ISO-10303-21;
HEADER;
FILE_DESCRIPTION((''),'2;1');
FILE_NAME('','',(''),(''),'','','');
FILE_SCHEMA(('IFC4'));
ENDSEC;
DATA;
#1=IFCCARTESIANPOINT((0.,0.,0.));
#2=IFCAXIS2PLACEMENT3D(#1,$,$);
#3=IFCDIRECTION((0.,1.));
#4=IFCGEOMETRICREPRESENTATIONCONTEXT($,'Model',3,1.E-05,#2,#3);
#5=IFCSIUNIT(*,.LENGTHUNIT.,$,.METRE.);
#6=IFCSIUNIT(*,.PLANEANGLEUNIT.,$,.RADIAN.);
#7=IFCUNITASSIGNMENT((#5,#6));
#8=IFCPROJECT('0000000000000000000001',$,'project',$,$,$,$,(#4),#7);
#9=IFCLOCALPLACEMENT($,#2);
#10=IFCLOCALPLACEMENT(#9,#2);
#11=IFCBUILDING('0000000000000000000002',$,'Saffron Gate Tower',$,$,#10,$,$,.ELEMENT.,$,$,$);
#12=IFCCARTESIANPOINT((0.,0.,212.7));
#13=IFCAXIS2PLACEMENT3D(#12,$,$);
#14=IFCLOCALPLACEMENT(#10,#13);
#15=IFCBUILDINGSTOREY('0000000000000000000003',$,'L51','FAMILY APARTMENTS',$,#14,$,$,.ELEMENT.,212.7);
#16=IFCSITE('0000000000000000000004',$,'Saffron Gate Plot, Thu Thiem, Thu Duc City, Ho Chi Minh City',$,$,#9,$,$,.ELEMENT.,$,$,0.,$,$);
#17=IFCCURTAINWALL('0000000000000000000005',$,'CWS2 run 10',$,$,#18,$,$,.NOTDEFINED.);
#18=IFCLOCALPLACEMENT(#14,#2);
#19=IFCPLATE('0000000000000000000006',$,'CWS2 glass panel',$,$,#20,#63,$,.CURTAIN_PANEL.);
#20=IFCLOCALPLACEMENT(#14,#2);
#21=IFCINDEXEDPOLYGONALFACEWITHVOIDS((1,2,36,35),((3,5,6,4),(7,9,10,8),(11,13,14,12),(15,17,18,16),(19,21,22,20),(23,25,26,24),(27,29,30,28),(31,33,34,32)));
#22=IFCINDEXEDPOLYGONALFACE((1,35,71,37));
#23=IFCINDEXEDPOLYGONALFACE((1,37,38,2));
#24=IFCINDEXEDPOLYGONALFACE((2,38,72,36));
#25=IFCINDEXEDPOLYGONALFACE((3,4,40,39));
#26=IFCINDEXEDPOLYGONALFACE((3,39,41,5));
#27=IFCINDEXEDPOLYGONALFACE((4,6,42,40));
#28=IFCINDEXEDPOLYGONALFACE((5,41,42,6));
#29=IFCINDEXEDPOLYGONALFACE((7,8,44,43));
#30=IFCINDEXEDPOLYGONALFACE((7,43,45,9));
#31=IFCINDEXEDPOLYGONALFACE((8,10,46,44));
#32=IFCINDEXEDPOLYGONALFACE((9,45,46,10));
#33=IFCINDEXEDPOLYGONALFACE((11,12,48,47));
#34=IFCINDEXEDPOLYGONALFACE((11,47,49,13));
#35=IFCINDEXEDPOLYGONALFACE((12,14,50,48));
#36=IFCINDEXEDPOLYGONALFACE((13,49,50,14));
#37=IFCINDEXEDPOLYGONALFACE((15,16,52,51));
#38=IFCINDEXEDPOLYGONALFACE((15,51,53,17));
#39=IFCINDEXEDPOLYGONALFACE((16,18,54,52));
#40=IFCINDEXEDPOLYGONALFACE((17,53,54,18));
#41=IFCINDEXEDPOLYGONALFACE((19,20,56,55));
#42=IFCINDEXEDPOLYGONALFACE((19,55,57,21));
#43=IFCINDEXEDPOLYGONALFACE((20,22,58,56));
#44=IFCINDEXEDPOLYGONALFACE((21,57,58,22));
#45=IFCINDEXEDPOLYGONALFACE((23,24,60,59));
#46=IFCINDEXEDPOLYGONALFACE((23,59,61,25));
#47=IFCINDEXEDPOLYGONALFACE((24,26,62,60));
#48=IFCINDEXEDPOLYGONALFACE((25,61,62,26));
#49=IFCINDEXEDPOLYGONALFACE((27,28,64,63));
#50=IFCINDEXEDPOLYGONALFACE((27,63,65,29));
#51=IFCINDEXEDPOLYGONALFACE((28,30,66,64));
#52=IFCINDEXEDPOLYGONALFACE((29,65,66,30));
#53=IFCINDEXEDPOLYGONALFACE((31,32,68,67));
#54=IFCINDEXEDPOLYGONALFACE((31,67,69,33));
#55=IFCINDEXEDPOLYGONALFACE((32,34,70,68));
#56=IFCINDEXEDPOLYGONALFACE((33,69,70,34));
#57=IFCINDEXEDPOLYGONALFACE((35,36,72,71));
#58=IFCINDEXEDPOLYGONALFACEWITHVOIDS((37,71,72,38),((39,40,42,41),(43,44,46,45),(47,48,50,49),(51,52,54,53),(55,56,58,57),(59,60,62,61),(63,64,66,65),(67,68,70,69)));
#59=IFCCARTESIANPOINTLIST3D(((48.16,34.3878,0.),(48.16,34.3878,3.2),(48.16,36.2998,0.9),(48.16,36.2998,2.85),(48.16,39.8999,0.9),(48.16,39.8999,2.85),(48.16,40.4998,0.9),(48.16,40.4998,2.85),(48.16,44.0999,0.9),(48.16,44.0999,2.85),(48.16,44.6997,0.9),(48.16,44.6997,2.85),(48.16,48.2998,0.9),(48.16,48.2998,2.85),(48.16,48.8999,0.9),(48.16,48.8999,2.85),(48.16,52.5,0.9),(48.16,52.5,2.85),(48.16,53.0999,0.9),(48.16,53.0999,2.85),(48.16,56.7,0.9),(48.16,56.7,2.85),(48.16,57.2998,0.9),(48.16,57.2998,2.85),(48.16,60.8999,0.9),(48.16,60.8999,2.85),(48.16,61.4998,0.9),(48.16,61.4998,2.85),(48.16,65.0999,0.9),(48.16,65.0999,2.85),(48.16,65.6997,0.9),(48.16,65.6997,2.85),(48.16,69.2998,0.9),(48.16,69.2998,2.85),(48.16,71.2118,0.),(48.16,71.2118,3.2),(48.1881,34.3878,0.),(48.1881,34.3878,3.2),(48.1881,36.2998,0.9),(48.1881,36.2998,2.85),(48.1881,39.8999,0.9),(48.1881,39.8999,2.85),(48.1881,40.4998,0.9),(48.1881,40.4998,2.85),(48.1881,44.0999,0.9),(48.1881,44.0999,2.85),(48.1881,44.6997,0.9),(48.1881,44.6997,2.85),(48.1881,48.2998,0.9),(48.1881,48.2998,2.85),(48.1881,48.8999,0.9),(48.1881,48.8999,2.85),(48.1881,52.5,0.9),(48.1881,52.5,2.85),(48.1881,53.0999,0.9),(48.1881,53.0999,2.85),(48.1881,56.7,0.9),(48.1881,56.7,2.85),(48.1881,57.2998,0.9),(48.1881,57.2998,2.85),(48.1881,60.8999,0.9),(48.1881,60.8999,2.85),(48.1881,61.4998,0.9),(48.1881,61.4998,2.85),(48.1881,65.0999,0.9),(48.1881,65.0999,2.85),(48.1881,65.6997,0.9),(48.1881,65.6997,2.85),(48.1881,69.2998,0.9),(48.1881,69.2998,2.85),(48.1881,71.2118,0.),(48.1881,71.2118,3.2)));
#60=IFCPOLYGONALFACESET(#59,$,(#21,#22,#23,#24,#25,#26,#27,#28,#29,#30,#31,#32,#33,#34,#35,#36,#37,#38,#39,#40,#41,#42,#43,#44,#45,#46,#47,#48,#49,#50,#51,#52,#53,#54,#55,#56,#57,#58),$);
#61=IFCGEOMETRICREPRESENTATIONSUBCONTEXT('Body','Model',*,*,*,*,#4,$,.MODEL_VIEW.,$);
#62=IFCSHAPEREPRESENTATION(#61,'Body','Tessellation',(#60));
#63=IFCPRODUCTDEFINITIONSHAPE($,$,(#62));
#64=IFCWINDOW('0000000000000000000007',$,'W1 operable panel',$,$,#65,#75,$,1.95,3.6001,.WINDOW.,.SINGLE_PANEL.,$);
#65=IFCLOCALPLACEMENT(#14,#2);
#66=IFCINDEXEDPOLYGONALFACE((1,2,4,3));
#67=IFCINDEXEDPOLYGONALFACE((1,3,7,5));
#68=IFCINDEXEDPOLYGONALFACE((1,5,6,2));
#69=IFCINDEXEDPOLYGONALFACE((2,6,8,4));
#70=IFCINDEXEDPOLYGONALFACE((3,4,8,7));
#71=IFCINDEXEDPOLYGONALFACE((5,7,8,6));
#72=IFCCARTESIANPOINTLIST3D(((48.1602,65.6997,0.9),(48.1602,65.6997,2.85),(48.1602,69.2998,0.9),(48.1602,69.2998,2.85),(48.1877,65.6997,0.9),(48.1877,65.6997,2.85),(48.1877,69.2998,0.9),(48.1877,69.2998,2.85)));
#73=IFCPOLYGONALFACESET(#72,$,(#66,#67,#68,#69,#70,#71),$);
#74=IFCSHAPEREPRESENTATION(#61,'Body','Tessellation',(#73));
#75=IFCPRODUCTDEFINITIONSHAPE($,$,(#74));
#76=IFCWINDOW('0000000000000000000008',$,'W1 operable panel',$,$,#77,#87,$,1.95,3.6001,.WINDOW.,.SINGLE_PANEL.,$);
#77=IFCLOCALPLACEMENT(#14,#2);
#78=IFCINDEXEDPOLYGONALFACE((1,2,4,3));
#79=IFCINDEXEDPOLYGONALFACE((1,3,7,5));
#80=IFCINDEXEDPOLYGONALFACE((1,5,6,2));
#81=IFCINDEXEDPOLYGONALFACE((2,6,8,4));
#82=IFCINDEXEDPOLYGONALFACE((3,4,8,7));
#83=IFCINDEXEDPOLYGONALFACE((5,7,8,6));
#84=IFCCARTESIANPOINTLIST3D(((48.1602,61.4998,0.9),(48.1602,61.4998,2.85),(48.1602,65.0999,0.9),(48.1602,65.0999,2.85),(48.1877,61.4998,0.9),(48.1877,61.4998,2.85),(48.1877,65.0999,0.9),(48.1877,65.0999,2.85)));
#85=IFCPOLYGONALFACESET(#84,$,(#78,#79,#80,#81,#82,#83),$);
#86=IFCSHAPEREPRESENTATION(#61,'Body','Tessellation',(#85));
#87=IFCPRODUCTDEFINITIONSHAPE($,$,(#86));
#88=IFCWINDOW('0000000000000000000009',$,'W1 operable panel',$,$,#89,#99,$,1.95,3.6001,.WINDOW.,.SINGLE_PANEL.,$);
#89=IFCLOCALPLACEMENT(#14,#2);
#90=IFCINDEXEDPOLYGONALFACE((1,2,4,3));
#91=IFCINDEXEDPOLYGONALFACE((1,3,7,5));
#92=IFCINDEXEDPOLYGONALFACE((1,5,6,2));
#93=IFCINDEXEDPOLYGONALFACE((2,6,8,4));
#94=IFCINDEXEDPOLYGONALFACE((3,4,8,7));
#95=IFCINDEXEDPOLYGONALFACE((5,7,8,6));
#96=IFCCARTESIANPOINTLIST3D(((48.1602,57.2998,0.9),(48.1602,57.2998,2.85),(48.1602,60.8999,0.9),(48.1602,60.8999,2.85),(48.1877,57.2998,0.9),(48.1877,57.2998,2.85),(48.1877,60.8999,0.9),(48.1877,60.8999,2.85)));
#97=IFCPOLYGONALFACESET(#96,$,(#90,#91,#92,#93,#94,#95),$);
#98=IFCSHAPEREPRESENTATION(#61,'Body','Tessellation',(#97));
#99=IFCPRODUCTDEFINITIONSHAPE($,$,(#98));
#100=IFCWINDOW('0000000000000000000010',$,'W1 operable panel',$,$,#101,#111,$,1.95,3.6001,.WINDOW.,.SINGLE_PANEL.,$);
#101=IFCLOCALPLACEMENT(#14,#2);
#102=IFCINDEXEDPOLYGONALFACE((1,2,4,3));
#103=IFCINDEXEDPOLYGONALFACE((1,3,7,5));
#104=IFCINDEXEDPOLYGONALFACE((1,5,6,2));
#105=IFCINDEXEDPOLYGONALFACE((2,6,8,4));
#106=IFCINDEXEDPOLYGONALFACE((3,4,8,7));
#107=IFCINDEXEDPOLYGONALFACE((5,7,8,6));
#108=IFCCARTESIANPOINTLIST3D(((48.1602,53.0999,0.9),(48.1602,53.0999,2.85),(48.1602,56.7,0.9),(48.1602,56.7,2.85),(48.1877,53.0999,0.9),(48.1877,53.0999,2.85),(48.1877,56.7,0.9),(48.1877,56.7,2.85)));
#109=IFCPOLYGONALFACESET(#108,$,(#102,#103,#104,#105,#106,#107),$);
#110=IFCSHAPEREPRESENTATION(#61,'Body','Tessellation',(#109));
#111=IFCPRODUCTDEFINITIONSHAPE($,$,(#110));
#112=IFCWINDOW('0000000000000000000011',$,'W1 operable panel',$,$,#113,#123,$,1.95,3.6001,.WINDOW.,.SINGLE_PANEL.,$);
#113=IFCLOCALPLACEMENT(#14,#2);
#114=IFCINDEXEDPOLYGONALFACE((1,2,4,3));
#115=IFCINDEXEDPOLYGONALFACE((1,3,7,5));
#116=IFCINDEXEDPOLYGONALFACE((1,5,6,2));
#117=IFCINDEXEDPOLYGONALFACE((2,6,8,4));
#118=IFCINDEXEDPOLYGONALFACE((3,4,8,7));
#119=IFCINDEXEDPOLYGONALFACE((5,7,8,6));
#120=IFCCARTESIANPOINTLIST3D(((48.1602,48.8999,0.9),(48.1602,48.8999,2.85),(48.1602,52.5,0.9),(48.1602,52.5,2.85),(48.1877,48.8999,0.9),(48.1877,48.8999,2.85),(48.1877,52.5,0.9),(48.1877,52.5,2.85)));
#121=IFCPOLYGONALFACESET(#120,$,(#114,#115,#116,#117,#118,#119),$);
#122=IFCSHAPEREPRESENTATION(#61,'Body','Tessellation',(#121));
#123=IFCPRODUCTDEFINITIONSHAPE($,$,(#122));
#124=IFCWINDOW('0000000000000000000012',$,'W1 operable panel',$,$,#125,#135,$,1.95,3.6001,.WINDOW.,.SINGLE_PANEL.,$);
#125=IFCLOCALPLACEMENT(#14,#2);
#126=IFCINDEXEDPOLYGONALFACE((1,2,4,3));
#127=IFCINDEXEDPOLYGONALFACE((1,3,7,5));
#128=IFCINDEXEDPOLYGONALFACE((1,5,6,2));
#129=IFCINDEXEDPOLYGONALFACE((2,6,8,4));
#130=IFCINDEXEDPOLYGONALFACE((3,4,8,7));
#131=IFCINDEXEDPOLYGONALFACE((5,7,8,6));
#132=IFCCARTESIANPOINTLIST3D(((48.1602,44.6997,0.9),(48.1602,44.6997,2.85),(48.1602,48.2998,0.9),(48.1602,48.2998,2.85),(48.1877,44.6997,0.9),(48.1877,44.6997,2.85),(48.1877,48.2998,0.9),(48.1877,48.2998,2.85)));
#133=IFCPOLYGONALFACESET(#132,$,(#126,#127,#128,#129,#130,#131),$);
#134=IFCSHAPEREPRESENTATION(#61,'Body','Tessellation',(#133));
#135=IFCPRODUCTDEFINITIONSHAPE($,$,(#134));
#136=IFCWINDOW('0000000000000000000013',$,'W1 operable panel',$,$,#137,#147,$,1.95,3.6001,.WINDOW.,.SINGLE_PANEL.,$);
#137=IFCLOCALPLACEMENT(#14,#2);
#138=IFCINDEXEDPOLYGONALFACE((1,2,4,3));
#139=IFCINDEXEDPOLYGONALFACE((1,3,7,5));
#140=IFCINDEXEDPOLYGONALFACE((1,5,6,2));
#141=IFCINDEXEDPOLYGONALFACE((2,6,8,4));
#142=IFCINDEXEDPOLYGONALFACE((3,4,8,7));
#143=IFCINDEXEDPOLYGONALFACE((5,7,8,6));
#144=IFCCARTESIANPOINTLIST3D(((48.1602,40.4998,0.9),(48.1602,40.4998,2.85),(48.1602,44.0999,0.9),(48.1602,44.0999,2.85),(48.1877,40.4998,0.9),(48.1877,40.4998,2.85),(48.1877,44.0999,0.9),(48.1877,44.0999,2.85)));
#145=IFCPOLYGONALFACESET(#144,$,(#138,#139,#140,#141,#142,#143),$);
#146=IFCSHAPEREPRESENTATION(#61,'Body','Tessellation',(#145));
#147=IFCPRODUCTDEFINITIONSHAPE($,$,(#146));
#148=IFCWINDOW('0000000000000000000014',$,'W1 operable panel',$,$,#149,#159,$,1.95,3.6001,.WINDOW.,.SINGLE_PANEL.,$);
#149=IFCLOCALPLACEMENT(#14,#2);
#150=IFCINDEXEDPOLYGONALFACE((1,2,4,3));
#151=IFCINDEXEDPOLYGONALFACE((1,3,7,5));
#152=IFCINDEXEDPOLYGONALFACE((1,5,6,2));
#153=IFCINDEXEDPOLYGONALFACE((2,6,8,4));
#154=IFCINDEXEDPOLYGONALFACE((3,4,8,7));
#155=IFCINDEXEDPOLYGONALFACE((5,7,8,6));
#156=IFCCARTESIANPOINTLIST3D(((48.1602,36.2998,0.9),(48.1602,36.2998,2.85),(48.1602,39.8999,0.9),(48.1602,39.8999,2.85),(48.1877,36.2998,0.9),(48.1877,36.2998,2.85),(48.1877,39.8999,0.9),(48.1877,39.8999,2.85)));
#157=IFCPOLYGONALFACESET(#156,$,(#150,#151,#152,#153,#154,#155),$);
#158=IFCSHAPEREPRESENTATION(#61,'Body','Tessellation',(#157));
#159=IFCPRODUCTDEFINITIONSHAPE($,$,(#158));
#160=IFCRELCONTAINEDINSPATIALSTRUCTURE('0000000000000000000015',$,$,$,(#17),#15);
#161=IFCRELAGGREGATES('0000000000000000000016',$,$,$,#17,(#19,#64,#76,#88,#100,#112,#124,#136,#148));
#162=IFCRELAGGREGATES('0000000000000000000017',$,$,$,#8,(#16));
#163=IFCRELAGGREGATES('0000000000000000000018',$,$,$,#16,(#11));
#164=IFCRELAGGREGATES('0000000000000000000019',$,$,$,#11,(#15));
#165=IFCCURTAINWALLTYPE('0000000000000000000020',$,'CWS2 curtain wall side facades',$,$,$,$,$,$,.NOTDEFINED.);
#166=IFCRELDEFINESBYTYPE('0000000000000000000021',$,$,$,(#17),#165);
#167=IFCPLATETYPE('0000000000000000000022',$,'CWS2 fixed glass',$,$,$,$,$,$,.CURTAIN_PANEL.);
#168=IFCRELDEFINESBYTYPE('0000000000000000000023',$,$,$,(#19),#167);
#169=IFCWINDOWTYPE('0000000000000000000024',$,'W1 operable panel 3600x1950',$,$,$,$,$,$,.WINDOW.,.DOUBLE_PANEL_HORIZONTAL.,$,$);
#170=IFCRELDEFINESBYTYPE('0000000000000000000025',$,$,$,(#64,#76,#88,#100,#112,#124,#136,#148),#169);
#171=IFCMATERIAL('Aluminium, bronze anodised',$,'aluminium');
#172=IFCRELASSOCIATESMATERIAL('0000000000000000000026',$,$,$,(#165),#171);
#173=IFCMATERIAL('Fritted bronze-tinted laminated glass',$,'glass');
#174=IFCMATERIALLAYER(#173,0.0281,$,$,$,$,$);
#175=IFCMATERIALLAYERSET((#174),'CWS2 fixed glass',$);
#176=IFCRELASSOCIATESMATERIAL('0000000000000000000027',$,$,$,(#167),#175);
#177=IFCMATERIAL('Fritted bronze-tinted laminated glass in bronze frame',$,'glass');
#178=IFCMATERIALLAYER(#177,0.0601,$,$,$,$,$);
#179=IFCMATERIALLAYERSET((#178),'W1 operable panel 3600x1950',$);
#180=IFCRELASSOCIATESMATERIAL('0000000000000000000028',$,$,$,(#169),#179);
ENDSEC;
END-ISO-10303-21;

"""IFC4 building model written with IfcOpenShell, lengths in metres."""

from ifc_helpers import new_model, si_unit, direction, frame, frame_2d, origin, place, context, subcontext, project, spatial, rectangle, extrude, material, layer, layer_set, type_object, element, fill, aggregate, save


model = new_model("IFC4")

# Units and contexts
model_context = context("Model", 3, precision=1e-05, world=origin(), true_north=direction((0.0, 1.0)))
body_context = subcontext(model_context, "Body", "Model", "MODEL_VIEW")
ifc_project = project(units=[si_unit("LENGTHUNIT", "METRE"), si_unit("PLANEANGLEUNIT", "RADIAN")], contexts=[model_context])

# Site, building, storey
site_placement = place(None, origin())
site = spatial("IfcSite", under=ifc_project, at=site_placement, Name="Saffron Gate Plot, Thu Thiem, Thu Duc City, Ho Chi Minh City", CompositionType="ELEMENT", RefElevation=0.0)
building_placement = place(site_placement, origin())
building = spatial("IfcBuilding", under=site, at=building_placement, Name="Saffron Gate Tower", CompositionType="ELEMENT")
storey_placement = place(building_placement, frame((0.0, 0.0, 212.7)))
storey = spatial("IfcBuildingStorey", under=building, at=storey_placement, Name="L51", Description="FAMILY APARTMENTS", CompositionType="ELEMENT", Elevation=212.7)

# Curtain wall
ifc_material_1 = material(Name="Aluminium, bronze anodised", Category="aluminium")
curtain_wall_type_1 = type_object("IfcCurtainWallType", Name="CWS2 curtain wall side facades", PredefinedType="NOTDEFINED", material=ifc_material_1)
curtain_wall_1_placement = place(storey_placement, origin())
curtain_wall_1 = element("IfcCurtainWall", 1, at=curtain_wall_1_placement, inside=storey, type_object=curtain_wall_type_1, Name="CWS2 run 10", PredefinedType="NOTDEFINED")

# Plate, openings, windows
ifc_material_2 = material(Name="Fritted bronze-tinted laminated glass", Category="glass")
ifc_layer_1 = layer(ifc_material_2, 0.0281)
ifc_layer_set_1 = layer_set([ifc_layer_1], Name="CWS2 fixed glass")
plate_type_1 = type_object("IfcPlateType", Name="CWS2 fixed glass", PredefinedType="CURTAIN_PANEL", material=ifc_layer_set_1)
plate_1_placement = place(storey_placement, frame((48.1741, 71.2119, 0.0), z_axis=(0.0, 0.0, 1.0), x_axis=(0.0, -1.0, 0.0)))
plate_1 = element("IfcPlate", 2, at=plate_1_placement, type_object=plate_type_1, Name="CWS2 glass panel", PredefinedType="CURTAIN_PANEL", context=body_context, shape_type="SweptSolid", body=[
    extrude(rectangle(XDim=36.824, YDim=0.0281, at=frame_2d((18.4121, 0.0))), origin(), (0.0, 0.0, 1.0), 3.2),
])
opening_1_placement = place(plate_1_placement, frame((1.9121, 0.0, 0.8999)))
opening_1 = element("IfcOpeningElement", 3, at=opening_1_placement, cuts=plate_1, PredefinedType="OPENING", context=body_context, shape_type="SweptSolid", body=[
    extrude(rectangle(XDim=3.6001, YDim=1.95, at=frame_2d((1.8, 0.9751))), frame((0.0, 0.0239, 0.0), z_axis=(0.0, -1.0, 0.0), x_axis=(1.0, 0.0, 0.0)), (0.0, 0.0, 1.0), 0.0481),
])
opening_2_placement = place(plate_1_placement, frame((6.1121, 0.0, 0.8999)))
opening_2 = element("IfcOpeningElement", 4, at=opening_2_placement, cuts=plate_1, PredefinedType="OPENING", context=body_context, shape_type="SweptSolid", body=[
    extrude(rectangle(XDim=3.6001, YDim=1.95, at=frame_2d((1.8, 0.9751))), frame((0.0, 0.0239, 0.0), z_axis=(0.0, -1.0, 0.0), x_axis=(1.0, 0.0, 0.0)), (0.0, 0.0, 1.0), 0.0481),
])
opening_3_placement = place(plate_1_placement, frame((10.312, 0.0, 0.8999)))
opening_3 = element("IfcOpeningElement", 5, at=opening_3_placement, cuts=plate_1, PredefinedType="OPENING", context=body_context, shape_type="SweptSolid", body=[
    extrude(rectangle(XDim=3.6001, YDim=1.95, at=frame_2d((1.8, 0.9751))), frame((0.0, 0.0239, 0.0), z_axis=(0.0, -1.0, 0.0), x_axis=(1.0, 0.0, 0.0)), (0.0, 0.0, 1.0), 0.0481),
])
opening_4_placement = place(plate_1_placement, frame((14.512, 0.0, 0.8999)))
opening_4 = element("IfcOpeningElement", 6, at=opening_4_placement, cuts=plate_1, PredefinedType="OPENING", context=body_context, shape_type="SweptSolid", body=[
    extrude(rectangle(XDim=3.6001, YDim=1.95, at=frame_2d((1.8, 0.9751))), frame((0.0, 0.0239, 0.0), z_axis=(0.0, -1.0, 0.0), x_axis=(1.0, 0.0, 0.0)), (0.0, 0.0, 1.0), 0.0481),
])
opening_5_placement = place(plate_1_placement, frame((18.7119, 0.0, 0.8999)))
opening_5 = element("IfcOpeningElement", 7, at=opening_5_placement, cuts=plate_1, PredefinedType="OPENING", context=body_context, shape_type="SweptSolid", body=[
    extrude(rectangle(XDim=3.6001, YDim=1.95, at=frame_2d((1.8, 0.9751))), frame((0.0, 0.0239, 0.0), z_axis=(0.0, -1.0, 0.0), x_axis=(1.0, 0.0, 0.0)), (0.0, 0.0, 1.0), 0.0481),
])
opening_6_placement = place(plate_1_placement, frame((22.9121, 0.0, 0.8999)))
opening_6 = element("IfcOpeningElement", 8, at=opening_6_placement, cuts=plate_1, PredefinedType="OPENING", context=body_context, shape_type="SweptSolid", body=[
    extrude(rectangle(XDim=3.6001, YDim=1.95, at=frame_2d((1.8, 0.9751))), frame((0.0, 0.0239, 0.0), z_axis=(0.0, -1.0, 0.0), x_axis=(1.0, 0.0, 0.0)), (0.0, 0.0, 1.0), 0.0481),
])
opening_7_placement = place(plate_1_placement, frame((27.1121, 0.0, 0.8999)))
opening_7 = element("IfcOpeningElement", 9, at=opening_7_placement, cuts=plate_1, PredefinedType="OPENING", context=body_context, shape_type="SweptSolid", body=[
    extrude(rectangle(XDim=3.6001, YDim=1.95, at=frame_2d((1.8, 0.9751))), frame((0.0, 0.0239, 0.0), z_axis=(0.0, -1.0, 0.0), x_axis=(1.0, 0.0, 0.0)), (0.0, 0.0, 1.0), 0.0481),
])
opening_8_placement = place(plate_1_placement, frame((31.312, 0.0, 0.8999)))
opening_8 = element("IfcOpeningElement", 10, at=opening_8_placement, cuts=plate_1, PredefinedType="OPENING", context=body_context, shape_type="SweptSolid", body=[
    extrude(rectangle(XDim=3.6001, YDim=1.95, at=frame_2d((1.8, 0.9751))), frame((0.0, 0.0239, 0.0), z_axis=(0.0, -1.0, 0.0), x_axis=(1.0, 0.0, 0.0)), (0.0, 0.0, 1.0), 0.0481),
])
ifc_material_3 = material(Name="Fritted bronze-tinted laminated glass in bronze frame", Category="glass")
ifc_layer_2 = layer(ifc_material_3, 0.0601)
ifc_layer_set_2 = layer_set([ifc_layer_2], Name="W1 operable panel 3600x1950")
window_type = type_object("IfcWindowType", Name="W1 operable panel 3600x1950", PartitioningType="DOUBLE_PANEL_HORIZONTAL", PredefinedType="WINDOW", material=ifc_layer_set_2)
window_1_placement = place(opening_1_placement, origin())
window_1 = element("IfcWindow", 11, at=window_1_placement, type_object=window_type, Name="W1 operable panel", OverallHeight=1.95, OverallWidth=3.6001, PartitioningType="SINGLE_PANEL", PredefinedType="WINDOW", context=body_context, shape_type="SweptSolid", body=[
    extrude(rectangle(XDim=3.6001, YDim=1.95, at=frame_2d((1.8, 0.9751))), frame((0.0, 0.0137, 0.0), z_axis=(0.0, -1.0, 0.0), x_axis=(1.0, 0.0, 0.0)), (0.0, 0.0, 1.0), 0.0276),
])
fill(opening_1, window_1)
window_2_placement = place(opening_2_placement, origin())
window_2 = element("IfcWindow", 12, at=window_2_placement, type_object=window_type, Name="W1 operable panel", OverallHeight=1.95, OverallWidth=3.6001, PartitioningType="SINGLE_PANEL", PredefinedType="WINDOW", context=body_context, shape_type="SweptSolid", body=[
    extrude(rectangle(XDim=3.6001, YDim=1.95, at=frame_2d((1.8, 0.9751))), frame((0.0, 0.0137, 0.0), z_axis=(0.0, -1.0, 0.0), x_axis=(1.0, 0.0, 0.0)), (0.0, 0.0, 1.0), 0.0276),
])
fill(opening_2, window_2)
window_3_placement = place(opening_3_placement, origin())
window_3 = element("IfcWindow", 13, at=window_3_placement, type_object=window_type, Name="W1 operable panel", OverallHeight=1.95, OverallWidth=3.6001, PartitioningType="SINGLE_PANEL", PredefinedType="WINDOW", context=body_context, shape_type="SweptSolid", body=[
    extrude(rectangle(XDim=3.6001, YDim=1.95, at=frame_2d((1.8, 0.9751))), frame((0.0, 0.0137, 0.0), z_axis=(0.0, -1.0, 0.0), x_axis=(1.0, 0.0, 0.0)), (0.0, 0.0, 1.0), 0.0276),
])
fill(opening_3, window_3)
window_4_placement = place(opening_4_placement, origin())
window_4 = element("IfcWindow", 14, at=window_4_placement, type_object=window_type, Name="W1 operable panel", OverallHeight=1.95, OverallWidth=3.6001, PartitioningType="SINGLE_PANEL", PredefinedType="WINDOW", context=body_context, shape_type="SweptSolid", body=[
    extrude(rectangle(XDim=3.6001, YDim=1.95, at=frame_2d((1.8, 0.9751))), frame((0.0, 0.0137, 0.0), z_axis=(0.0, -1.0, 0.0), x_axis=(1.0, 0.0, 0.0)), (0.0, 0.0, 1.0), 0.0276),
])
fill(opening_4, window_4)
window_5_placement = place(opening_5_placement, origin())
window_5 = element("IfcWindow", 15, at=window_5_placement, type_object=window_type, Name="W1 operable panel", OverallHeight=1.95, OverallWidth=3.6001, PartitioningType="SINGLE_PANEL", PredefinedType="WINDOW", context=body_context, shape_type="SweptSolid", body=[
    extrude(rectangle(XDim=3.6001, YDim=1.95, at=frame_2d((1.8, 0.9751))), frame((0.0, 0.0137, 0.0), z_axis=(0.0, -1.0, 0.0), x_axis=(1.0, 0.0, 0.0)), (0.0, 0.0, 1.0), 0.0276),
])
fill(opening_5, window_5)
window_6_placement = place(opening_6_placement, origin())
window_6 = element("IfcWindow", 16, at=window_6_placement, type_object=window_type, Name="W1 operable panel", OverallHeight=1.95, OverallWidth=3.6001, PartitioningType="SINGLE_PANEL", PredefinedType="WINDOW", context=body_context, shape_type="SweptSolid", body=[
    extrude(rectangle(XDim=3.6001, YDim=1.95, at=frame_2d((1.8, 0.9751))), frame((0.0, 0.0137, 0.0), z_axis=(0.0, -1.0, 0.0), x_axis=(1.0, 0.0, 0.0)), (0.0, 0.0, 1.0), 0.0276),
])
fill(opening_6, window_6)
window_7_placement = place(opening_7_placement, origin())
window_7 = element("IfcWindow", 17, at=window_7_placement, type_object=window_type, Name="W1 operable panel", OverallHeight=1.95, OverallWidth=3.6001, PartitioningType="SINGLE_PANEL", PredefinedType="WINDOW", context=body_context, shape_type="SweptSolid", body=[
    extrude(rectangle(XDim=3.6001, YDim=1.95, at=frame_2d((1.8, 0.9751))), frame((0.0, 0.0137, 0.0), z_axis=(0.0, -1.0, 0.0), x_axis=(1.0, 0.0, 0.0)), (0.0, 0.0, 1.0), 0.0276),
])
fill(opening_7, window_7)
window_8_placement = place(opening_8_placement, origin())
window_8 = element("IfcWindow", 18, at=window_8_placement, type_object=window_type, Name="W1 operable panel", OverallHeight=1.95, OverallWidth=3.6001, PartitioningType="SINGLE_PANEL", PredefinedType="WINDOW", context=body_context, shape_type="SweptSolid", body=[
    extrude(rectangle(XDim=3.6001, YDim=1.95, at=frame_2d((1.8, 0.9751))), frame((0.0, 0.0137, 0.0), z_axis=(0.0, -1.0, 0.0), x_axis=(1.0, 0.0, 0.0)), (0.0, 0.0, 1.0), 0.0276),
])
fill(opening_8, window_8)
aggregate(curtain_wall_1, [plate_1, window_1, window_2, window_3, window_4, window_5, window_6, window_7, window_8])

save(model, "model.ifc")
